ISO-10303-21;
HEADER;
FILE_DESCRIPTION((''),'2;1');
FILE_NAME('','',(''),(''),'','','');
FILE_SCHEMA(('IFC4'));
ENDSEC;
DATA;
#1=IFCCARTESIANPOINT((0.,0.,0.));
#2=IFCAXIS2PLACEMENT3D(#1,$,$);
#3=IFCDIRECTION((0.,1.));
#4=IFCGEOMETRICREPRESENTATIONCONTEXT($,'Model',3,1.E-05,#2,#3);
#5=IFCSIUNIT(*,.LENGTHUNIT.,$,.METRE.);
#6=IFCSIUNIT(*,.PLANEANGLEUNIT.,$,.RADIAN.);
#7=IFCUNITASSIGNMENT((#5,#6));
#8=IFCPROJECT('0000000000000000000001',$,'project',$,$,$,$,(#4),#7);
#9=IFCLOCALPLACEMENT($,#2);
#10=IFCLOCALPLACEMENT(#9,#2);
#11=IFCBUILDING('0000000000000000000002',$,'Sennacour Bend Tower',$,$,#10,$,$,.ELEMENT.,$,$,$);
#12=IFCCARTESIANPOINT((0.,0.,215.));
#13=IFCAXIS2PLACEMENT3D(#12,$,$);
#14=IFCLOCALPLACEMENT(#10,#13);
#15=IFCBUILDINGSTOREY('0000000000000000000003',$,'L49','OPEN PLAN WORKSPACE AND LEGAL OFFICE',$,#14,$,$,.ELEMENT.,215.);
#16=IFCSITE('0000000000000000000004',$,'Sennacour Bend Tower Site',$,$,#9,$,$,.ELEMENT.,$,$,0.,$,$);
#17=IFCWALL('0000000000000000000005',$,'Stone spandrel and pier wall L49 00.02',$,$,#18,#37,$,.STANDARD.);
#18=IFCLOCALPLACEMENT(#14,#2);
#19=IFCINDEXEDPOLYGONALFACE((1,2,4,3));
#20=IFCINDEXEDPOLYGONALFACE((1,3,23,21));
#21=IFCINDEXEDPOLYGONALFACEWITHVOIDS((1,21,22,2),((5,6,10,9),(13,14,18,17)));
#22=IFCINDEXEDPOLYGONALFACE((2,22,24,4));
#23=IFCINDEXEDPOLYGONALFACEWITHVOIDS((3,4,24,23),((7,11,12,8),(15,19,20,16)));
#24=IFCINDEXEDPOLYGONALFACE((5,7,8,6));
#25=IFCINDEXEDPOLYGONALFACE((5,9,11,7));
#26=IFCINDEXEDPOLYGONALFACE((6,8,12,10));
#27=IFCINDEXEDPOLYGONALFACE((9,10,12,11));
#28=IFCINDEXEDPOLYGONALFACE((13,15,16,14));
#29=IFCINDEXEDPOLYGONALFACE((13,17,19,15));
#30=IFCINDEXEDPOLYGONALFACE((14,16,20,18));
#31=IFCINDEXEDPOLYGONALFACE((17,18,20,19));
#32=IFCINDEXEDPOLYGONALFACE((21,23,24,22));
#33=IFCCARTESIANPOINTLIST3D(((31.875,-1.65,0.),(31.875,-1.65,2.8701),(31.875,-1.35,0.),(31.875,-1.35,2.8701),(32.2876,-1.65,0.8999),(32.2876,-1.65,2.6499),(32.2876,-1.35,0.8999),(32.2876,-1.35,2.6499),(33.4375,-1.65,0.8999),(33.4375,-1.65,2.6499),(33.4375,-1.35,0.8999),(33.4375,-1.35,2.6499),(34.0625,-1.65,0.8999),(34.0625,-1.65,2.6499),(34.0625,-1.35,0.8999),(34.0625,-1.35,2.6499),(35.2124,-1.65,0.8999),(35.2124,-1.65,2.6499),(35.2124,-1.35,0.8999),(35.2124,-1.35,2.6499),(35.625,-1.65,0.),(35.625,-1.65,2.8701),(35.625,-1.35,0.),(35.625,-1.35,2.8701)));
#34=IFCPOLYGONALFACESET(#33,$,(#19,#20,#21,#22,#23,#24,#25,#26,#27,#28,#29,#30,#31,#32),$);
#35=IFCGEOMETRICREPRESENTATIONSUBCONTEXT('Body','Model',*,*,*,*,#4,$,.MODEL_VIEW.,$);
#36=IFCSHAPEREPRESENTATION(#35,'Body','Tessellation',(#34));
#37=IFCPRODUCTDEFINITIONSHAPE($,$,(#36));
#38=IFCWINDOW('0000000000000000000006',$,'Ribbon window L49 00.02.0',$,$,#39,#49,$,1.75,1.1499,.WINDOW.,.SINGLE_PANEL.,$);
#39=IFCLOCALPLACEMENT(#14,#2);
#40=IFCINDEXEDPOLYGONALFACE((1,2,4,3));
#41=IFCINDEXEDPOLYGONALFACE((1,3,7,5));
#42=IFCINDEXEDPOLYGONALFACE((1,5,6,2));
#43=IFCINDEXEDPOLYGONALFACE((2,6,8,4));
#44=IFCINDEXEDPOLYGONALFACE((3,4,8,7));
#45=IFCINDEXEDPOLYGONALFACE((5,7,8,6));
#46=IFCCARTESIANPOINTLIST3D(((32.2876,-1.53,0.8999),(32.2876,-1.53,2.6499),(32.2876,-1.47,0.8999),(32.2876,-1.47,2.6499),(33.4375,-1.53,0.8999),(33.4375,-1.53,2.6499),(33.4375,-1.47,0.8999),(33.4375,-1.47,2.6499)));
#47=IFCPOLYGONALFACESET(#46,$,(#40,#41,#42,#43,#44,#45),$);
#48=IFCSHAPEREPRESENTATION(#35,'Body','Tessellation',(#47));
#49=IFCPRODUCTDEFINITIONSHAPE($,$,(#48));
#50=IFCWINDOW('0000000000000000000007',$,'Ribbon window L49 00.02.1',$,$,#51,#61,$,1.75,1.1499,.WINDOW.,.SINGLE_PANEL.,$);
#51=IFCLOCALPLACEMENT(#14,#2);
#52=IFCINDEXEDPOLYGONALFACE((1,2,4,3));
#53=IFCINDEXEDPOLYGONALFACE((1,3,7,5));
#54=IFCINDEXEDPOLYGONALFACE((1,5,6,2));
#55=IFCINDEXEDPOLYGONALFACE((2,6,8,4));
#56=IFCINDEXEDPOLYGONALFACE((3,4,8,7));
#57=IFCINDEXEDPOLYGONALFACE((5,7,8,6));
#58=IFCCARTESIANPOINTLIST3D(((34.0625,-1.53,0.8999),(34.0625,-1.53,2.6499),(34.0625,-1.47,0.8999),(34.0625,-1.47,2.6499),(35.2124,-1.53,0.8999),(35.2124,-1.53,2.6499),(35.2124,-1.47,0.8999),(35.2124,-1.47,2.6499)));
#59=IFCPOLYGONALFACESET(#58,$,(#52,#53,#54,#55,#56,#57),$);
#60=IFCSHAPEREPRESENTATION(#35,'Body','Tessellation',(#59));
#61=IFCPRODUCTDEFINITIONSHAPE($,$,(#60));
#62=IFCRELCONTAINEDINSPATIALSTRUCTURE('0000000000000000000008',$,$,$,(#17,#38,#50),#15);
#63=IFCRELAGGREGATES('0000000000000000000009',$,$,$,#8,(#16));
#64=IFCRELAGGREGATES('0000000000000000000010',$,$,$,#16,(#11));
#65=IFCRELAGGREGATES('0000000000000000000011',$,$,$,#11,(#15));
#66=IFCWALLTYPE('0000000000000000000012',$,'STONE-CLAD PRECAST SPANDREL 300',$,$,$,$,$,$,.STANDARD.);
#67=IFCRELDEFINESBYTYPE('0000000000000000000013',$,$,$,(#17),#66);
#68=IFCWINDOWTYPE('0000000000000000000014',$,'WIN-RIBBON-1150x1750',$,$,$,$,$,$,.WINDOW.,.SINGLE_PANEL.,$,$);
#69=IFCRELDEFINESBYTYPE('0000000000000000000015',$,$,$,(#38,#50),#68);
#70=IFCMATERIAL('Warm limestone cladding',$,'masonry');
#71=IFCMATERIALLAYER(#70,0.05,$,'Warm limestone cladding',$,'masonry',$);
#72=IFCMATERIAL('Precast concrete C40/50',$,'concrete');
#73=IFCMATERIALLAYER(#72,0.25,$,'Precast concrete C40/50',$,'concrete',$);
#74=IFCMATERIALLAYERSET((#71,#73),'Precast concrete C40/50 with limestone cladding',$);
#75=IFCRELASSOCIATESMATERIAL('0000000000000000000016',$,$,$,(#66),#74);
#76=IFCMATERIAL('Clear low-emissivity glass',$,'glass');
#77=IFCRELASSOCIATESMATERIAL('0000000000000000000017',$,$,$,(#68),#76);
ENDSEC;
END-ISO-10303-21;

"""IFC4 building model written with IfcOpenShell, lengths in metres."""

from ifc_helpers import new_model, si_unit, direction, frame, frame_2d, origin, place, context, subcontext, project, spatial, rectangle, extrude, material, layer, layer_set, type_object, element, fill, save


model = new_model("IFC4")

# Units and contexts
model_context = context("Model", 3, precision=1e-05, world=origin(), true_north=direction((0.0, 1.0)))
body_context = subcontext(model_context, "Body", "Model", "MODEL_VIEW")
ifc_project = project(units=[si_unit("LENGTHUNIT", "METRE"), si_unit("PLANEANGLEUNIT", "RADIAN")], contexts=[model_context])

# Site, building, storey
site_placement = place(None, origin())
site = spatial("IfcSite", under=ifc_project, at=site_placement, Name="Sennacour Bend Tower Site", CompositionType="ELEMENT", RefElevation=0.0)
building_placement = place(site_placement, origin())
building = spatial("IfcBuilding", under=site, at=building_placement, Name="Sennacour Bend Tower", CompositionType="ELEMENT")
storey_placement = place(building_placement, frame((0.0, 0.0, 215.0)))
storey = spatial("IfcBuildingStorey", under=building, at=storey_placement, Name="L49", Description="OPEN PLAN WORKSPACE AND LEGAL OFFICE", CompositionType="ELEMENT", Elevation=215.0)

# Wall, openings, windows
ifc_material_1 = material(Name="Warm limestone cladding", Category="masonry")
ifc_layer_1 = layer(ifc_material_1, 0.05, Name="Warm limestone cladding", Category="masonry")
ifc_material_2 = material(Name="Precast concrete C40/50", Category="concrete")
ifc_layer_2 = layer(ifc_material_2, 0.25, Name="Precast concrete C40/50", Category="concrete")
ifc_layer_set_1 = layer_set([ifc_layer_1, ifc_layer_2], Name="Precast concrete C40/50 with limestone cladding")
wall_type_1 = type_object("IfcWallType", Name="STONE-CLAD PRECAST SPANDREL 300", PredefinedType="STANDARD", material=ifc_layer_set_1)
ifc_material_3 = material(Name="Clear low-emissivity glass", Category="glass")
window_type = type_object("IfcWindowType", Name="WIN-RIBBON-1150x1750", PartitioningType="SINGLE_PANEL", PredefinedType="WINDOW", material=ifc_material_3)
wall_1_placement = place(storey_placement, frame((31.875, -1.5, 0.0), z_axis=(0.0, 0.0, 1.0), x_axis=(1.0, 0.0, 0.0)))
wall_1 = element("IfcWall", 1, at=wall_1_placement, inside=storey, type_object=wall_type_1, Name="Stone spandrel and pier wall L49 00.02", PredefinedType="STANDARD", context=body_context, shape_type="SweptSolid", body=[
    extrude(rectangle(XDim=3.75, YDim=0.3, at=frame_2d((1.875, 0.0))), origin(), (0.0, 0.0, 1.0), 2.8701),
])
opening_1_placement = place(wall_1_placement, frame((0.4126, 0.0, 0.8999)))
opening_1 = element("IfcOpeningElement", 2, at=opening_1_placement, cuts=wall_1, PredefinedType="OPENING", context=body_context, shape_type="SweptSolid", body=[
    extrude(rectangle(XDim=1.1499, YDim=1.75, at=frame_2d((0.575, 0.875))), frame((0.0, 0.1602, 0.0), z_axis=(0.0, -1.0, 0.0), x_axis=(1.0, 0.0, 0.0)), (0.0, 0.0, 1.0), 0.3201),
])
opening_2_placement = place(wall_1_placement, frame((2.1875, 0.0, 0.8999)))
opening_2 = element("IfcOpeningElement", 3, at=opening_2_placement, cuts=wall_1, PredefinedType="OPENING", context=body_context, shape_type="SweptSolid", body=[
    extrude(rectangle(XDim=1.1499, YDim=1.75, at=frame_2d((0.575, 0.875))), frame((0.0, 0.1602, 0.0), z_axis=(0.0, -1.0, 0.0), x_axis=(1.0, 0.0, 0.0)), (0.0, 0.0, 1.0), 0.3201),
])
window_1_placement = place(opening_1_placement, origin())
window_1 = element("IfcWindow", 4, at=window_1_placement, inside=storey, type_object=window_type, Name="Ribbon window L49 00.02.0", OverallHeight=1.75, OverallWidth=1.1499, PartitioningType="SINGLE_PANEL", PredefinedType="WINDOW", context=body_context, shape_type="SweptSolid", body=[
    extrude(rectangle(XDim=1.1499, YDim=1.75, at=frame_2d((0.575, 0.875))), frame((0.0, 0.03, 0.0), z_axis=(0.0, -1.0, 0.0), x_axis=(1.0, 0.0, 0.0)), (0.0, 0.0, 1.0), 0.0601),
])
fill(opening_1, window_1)
window_2_placement = place(opening_2_placement, origin())
window_2 = element("IfcWindow", 5, at=window_2_placement, inside=storey, type_object=window_type, Name="Ribbon window L49 00.02.1", OverallHeight=1.75, OverallWidth=1.1499, PartitioningType="SINGLE_PANEL", PredefinedType="WINDOW", context=body_context, shape_type="SweptSolid", body=[
    extrude(rectangle(XDim=1.1499, YDim=1.75, at=frame_2d((0.575, 0.875))), frame((0.0, 0.03, 0.0), z_axis=(0.0, -1.0, 0.0), x_axis=(1.0, 0.0, 0.0)), (0.0, 0.0, 1.0), 0.0601),
])
fill(opening_2, window_2)

save(model, "model.ifc")
